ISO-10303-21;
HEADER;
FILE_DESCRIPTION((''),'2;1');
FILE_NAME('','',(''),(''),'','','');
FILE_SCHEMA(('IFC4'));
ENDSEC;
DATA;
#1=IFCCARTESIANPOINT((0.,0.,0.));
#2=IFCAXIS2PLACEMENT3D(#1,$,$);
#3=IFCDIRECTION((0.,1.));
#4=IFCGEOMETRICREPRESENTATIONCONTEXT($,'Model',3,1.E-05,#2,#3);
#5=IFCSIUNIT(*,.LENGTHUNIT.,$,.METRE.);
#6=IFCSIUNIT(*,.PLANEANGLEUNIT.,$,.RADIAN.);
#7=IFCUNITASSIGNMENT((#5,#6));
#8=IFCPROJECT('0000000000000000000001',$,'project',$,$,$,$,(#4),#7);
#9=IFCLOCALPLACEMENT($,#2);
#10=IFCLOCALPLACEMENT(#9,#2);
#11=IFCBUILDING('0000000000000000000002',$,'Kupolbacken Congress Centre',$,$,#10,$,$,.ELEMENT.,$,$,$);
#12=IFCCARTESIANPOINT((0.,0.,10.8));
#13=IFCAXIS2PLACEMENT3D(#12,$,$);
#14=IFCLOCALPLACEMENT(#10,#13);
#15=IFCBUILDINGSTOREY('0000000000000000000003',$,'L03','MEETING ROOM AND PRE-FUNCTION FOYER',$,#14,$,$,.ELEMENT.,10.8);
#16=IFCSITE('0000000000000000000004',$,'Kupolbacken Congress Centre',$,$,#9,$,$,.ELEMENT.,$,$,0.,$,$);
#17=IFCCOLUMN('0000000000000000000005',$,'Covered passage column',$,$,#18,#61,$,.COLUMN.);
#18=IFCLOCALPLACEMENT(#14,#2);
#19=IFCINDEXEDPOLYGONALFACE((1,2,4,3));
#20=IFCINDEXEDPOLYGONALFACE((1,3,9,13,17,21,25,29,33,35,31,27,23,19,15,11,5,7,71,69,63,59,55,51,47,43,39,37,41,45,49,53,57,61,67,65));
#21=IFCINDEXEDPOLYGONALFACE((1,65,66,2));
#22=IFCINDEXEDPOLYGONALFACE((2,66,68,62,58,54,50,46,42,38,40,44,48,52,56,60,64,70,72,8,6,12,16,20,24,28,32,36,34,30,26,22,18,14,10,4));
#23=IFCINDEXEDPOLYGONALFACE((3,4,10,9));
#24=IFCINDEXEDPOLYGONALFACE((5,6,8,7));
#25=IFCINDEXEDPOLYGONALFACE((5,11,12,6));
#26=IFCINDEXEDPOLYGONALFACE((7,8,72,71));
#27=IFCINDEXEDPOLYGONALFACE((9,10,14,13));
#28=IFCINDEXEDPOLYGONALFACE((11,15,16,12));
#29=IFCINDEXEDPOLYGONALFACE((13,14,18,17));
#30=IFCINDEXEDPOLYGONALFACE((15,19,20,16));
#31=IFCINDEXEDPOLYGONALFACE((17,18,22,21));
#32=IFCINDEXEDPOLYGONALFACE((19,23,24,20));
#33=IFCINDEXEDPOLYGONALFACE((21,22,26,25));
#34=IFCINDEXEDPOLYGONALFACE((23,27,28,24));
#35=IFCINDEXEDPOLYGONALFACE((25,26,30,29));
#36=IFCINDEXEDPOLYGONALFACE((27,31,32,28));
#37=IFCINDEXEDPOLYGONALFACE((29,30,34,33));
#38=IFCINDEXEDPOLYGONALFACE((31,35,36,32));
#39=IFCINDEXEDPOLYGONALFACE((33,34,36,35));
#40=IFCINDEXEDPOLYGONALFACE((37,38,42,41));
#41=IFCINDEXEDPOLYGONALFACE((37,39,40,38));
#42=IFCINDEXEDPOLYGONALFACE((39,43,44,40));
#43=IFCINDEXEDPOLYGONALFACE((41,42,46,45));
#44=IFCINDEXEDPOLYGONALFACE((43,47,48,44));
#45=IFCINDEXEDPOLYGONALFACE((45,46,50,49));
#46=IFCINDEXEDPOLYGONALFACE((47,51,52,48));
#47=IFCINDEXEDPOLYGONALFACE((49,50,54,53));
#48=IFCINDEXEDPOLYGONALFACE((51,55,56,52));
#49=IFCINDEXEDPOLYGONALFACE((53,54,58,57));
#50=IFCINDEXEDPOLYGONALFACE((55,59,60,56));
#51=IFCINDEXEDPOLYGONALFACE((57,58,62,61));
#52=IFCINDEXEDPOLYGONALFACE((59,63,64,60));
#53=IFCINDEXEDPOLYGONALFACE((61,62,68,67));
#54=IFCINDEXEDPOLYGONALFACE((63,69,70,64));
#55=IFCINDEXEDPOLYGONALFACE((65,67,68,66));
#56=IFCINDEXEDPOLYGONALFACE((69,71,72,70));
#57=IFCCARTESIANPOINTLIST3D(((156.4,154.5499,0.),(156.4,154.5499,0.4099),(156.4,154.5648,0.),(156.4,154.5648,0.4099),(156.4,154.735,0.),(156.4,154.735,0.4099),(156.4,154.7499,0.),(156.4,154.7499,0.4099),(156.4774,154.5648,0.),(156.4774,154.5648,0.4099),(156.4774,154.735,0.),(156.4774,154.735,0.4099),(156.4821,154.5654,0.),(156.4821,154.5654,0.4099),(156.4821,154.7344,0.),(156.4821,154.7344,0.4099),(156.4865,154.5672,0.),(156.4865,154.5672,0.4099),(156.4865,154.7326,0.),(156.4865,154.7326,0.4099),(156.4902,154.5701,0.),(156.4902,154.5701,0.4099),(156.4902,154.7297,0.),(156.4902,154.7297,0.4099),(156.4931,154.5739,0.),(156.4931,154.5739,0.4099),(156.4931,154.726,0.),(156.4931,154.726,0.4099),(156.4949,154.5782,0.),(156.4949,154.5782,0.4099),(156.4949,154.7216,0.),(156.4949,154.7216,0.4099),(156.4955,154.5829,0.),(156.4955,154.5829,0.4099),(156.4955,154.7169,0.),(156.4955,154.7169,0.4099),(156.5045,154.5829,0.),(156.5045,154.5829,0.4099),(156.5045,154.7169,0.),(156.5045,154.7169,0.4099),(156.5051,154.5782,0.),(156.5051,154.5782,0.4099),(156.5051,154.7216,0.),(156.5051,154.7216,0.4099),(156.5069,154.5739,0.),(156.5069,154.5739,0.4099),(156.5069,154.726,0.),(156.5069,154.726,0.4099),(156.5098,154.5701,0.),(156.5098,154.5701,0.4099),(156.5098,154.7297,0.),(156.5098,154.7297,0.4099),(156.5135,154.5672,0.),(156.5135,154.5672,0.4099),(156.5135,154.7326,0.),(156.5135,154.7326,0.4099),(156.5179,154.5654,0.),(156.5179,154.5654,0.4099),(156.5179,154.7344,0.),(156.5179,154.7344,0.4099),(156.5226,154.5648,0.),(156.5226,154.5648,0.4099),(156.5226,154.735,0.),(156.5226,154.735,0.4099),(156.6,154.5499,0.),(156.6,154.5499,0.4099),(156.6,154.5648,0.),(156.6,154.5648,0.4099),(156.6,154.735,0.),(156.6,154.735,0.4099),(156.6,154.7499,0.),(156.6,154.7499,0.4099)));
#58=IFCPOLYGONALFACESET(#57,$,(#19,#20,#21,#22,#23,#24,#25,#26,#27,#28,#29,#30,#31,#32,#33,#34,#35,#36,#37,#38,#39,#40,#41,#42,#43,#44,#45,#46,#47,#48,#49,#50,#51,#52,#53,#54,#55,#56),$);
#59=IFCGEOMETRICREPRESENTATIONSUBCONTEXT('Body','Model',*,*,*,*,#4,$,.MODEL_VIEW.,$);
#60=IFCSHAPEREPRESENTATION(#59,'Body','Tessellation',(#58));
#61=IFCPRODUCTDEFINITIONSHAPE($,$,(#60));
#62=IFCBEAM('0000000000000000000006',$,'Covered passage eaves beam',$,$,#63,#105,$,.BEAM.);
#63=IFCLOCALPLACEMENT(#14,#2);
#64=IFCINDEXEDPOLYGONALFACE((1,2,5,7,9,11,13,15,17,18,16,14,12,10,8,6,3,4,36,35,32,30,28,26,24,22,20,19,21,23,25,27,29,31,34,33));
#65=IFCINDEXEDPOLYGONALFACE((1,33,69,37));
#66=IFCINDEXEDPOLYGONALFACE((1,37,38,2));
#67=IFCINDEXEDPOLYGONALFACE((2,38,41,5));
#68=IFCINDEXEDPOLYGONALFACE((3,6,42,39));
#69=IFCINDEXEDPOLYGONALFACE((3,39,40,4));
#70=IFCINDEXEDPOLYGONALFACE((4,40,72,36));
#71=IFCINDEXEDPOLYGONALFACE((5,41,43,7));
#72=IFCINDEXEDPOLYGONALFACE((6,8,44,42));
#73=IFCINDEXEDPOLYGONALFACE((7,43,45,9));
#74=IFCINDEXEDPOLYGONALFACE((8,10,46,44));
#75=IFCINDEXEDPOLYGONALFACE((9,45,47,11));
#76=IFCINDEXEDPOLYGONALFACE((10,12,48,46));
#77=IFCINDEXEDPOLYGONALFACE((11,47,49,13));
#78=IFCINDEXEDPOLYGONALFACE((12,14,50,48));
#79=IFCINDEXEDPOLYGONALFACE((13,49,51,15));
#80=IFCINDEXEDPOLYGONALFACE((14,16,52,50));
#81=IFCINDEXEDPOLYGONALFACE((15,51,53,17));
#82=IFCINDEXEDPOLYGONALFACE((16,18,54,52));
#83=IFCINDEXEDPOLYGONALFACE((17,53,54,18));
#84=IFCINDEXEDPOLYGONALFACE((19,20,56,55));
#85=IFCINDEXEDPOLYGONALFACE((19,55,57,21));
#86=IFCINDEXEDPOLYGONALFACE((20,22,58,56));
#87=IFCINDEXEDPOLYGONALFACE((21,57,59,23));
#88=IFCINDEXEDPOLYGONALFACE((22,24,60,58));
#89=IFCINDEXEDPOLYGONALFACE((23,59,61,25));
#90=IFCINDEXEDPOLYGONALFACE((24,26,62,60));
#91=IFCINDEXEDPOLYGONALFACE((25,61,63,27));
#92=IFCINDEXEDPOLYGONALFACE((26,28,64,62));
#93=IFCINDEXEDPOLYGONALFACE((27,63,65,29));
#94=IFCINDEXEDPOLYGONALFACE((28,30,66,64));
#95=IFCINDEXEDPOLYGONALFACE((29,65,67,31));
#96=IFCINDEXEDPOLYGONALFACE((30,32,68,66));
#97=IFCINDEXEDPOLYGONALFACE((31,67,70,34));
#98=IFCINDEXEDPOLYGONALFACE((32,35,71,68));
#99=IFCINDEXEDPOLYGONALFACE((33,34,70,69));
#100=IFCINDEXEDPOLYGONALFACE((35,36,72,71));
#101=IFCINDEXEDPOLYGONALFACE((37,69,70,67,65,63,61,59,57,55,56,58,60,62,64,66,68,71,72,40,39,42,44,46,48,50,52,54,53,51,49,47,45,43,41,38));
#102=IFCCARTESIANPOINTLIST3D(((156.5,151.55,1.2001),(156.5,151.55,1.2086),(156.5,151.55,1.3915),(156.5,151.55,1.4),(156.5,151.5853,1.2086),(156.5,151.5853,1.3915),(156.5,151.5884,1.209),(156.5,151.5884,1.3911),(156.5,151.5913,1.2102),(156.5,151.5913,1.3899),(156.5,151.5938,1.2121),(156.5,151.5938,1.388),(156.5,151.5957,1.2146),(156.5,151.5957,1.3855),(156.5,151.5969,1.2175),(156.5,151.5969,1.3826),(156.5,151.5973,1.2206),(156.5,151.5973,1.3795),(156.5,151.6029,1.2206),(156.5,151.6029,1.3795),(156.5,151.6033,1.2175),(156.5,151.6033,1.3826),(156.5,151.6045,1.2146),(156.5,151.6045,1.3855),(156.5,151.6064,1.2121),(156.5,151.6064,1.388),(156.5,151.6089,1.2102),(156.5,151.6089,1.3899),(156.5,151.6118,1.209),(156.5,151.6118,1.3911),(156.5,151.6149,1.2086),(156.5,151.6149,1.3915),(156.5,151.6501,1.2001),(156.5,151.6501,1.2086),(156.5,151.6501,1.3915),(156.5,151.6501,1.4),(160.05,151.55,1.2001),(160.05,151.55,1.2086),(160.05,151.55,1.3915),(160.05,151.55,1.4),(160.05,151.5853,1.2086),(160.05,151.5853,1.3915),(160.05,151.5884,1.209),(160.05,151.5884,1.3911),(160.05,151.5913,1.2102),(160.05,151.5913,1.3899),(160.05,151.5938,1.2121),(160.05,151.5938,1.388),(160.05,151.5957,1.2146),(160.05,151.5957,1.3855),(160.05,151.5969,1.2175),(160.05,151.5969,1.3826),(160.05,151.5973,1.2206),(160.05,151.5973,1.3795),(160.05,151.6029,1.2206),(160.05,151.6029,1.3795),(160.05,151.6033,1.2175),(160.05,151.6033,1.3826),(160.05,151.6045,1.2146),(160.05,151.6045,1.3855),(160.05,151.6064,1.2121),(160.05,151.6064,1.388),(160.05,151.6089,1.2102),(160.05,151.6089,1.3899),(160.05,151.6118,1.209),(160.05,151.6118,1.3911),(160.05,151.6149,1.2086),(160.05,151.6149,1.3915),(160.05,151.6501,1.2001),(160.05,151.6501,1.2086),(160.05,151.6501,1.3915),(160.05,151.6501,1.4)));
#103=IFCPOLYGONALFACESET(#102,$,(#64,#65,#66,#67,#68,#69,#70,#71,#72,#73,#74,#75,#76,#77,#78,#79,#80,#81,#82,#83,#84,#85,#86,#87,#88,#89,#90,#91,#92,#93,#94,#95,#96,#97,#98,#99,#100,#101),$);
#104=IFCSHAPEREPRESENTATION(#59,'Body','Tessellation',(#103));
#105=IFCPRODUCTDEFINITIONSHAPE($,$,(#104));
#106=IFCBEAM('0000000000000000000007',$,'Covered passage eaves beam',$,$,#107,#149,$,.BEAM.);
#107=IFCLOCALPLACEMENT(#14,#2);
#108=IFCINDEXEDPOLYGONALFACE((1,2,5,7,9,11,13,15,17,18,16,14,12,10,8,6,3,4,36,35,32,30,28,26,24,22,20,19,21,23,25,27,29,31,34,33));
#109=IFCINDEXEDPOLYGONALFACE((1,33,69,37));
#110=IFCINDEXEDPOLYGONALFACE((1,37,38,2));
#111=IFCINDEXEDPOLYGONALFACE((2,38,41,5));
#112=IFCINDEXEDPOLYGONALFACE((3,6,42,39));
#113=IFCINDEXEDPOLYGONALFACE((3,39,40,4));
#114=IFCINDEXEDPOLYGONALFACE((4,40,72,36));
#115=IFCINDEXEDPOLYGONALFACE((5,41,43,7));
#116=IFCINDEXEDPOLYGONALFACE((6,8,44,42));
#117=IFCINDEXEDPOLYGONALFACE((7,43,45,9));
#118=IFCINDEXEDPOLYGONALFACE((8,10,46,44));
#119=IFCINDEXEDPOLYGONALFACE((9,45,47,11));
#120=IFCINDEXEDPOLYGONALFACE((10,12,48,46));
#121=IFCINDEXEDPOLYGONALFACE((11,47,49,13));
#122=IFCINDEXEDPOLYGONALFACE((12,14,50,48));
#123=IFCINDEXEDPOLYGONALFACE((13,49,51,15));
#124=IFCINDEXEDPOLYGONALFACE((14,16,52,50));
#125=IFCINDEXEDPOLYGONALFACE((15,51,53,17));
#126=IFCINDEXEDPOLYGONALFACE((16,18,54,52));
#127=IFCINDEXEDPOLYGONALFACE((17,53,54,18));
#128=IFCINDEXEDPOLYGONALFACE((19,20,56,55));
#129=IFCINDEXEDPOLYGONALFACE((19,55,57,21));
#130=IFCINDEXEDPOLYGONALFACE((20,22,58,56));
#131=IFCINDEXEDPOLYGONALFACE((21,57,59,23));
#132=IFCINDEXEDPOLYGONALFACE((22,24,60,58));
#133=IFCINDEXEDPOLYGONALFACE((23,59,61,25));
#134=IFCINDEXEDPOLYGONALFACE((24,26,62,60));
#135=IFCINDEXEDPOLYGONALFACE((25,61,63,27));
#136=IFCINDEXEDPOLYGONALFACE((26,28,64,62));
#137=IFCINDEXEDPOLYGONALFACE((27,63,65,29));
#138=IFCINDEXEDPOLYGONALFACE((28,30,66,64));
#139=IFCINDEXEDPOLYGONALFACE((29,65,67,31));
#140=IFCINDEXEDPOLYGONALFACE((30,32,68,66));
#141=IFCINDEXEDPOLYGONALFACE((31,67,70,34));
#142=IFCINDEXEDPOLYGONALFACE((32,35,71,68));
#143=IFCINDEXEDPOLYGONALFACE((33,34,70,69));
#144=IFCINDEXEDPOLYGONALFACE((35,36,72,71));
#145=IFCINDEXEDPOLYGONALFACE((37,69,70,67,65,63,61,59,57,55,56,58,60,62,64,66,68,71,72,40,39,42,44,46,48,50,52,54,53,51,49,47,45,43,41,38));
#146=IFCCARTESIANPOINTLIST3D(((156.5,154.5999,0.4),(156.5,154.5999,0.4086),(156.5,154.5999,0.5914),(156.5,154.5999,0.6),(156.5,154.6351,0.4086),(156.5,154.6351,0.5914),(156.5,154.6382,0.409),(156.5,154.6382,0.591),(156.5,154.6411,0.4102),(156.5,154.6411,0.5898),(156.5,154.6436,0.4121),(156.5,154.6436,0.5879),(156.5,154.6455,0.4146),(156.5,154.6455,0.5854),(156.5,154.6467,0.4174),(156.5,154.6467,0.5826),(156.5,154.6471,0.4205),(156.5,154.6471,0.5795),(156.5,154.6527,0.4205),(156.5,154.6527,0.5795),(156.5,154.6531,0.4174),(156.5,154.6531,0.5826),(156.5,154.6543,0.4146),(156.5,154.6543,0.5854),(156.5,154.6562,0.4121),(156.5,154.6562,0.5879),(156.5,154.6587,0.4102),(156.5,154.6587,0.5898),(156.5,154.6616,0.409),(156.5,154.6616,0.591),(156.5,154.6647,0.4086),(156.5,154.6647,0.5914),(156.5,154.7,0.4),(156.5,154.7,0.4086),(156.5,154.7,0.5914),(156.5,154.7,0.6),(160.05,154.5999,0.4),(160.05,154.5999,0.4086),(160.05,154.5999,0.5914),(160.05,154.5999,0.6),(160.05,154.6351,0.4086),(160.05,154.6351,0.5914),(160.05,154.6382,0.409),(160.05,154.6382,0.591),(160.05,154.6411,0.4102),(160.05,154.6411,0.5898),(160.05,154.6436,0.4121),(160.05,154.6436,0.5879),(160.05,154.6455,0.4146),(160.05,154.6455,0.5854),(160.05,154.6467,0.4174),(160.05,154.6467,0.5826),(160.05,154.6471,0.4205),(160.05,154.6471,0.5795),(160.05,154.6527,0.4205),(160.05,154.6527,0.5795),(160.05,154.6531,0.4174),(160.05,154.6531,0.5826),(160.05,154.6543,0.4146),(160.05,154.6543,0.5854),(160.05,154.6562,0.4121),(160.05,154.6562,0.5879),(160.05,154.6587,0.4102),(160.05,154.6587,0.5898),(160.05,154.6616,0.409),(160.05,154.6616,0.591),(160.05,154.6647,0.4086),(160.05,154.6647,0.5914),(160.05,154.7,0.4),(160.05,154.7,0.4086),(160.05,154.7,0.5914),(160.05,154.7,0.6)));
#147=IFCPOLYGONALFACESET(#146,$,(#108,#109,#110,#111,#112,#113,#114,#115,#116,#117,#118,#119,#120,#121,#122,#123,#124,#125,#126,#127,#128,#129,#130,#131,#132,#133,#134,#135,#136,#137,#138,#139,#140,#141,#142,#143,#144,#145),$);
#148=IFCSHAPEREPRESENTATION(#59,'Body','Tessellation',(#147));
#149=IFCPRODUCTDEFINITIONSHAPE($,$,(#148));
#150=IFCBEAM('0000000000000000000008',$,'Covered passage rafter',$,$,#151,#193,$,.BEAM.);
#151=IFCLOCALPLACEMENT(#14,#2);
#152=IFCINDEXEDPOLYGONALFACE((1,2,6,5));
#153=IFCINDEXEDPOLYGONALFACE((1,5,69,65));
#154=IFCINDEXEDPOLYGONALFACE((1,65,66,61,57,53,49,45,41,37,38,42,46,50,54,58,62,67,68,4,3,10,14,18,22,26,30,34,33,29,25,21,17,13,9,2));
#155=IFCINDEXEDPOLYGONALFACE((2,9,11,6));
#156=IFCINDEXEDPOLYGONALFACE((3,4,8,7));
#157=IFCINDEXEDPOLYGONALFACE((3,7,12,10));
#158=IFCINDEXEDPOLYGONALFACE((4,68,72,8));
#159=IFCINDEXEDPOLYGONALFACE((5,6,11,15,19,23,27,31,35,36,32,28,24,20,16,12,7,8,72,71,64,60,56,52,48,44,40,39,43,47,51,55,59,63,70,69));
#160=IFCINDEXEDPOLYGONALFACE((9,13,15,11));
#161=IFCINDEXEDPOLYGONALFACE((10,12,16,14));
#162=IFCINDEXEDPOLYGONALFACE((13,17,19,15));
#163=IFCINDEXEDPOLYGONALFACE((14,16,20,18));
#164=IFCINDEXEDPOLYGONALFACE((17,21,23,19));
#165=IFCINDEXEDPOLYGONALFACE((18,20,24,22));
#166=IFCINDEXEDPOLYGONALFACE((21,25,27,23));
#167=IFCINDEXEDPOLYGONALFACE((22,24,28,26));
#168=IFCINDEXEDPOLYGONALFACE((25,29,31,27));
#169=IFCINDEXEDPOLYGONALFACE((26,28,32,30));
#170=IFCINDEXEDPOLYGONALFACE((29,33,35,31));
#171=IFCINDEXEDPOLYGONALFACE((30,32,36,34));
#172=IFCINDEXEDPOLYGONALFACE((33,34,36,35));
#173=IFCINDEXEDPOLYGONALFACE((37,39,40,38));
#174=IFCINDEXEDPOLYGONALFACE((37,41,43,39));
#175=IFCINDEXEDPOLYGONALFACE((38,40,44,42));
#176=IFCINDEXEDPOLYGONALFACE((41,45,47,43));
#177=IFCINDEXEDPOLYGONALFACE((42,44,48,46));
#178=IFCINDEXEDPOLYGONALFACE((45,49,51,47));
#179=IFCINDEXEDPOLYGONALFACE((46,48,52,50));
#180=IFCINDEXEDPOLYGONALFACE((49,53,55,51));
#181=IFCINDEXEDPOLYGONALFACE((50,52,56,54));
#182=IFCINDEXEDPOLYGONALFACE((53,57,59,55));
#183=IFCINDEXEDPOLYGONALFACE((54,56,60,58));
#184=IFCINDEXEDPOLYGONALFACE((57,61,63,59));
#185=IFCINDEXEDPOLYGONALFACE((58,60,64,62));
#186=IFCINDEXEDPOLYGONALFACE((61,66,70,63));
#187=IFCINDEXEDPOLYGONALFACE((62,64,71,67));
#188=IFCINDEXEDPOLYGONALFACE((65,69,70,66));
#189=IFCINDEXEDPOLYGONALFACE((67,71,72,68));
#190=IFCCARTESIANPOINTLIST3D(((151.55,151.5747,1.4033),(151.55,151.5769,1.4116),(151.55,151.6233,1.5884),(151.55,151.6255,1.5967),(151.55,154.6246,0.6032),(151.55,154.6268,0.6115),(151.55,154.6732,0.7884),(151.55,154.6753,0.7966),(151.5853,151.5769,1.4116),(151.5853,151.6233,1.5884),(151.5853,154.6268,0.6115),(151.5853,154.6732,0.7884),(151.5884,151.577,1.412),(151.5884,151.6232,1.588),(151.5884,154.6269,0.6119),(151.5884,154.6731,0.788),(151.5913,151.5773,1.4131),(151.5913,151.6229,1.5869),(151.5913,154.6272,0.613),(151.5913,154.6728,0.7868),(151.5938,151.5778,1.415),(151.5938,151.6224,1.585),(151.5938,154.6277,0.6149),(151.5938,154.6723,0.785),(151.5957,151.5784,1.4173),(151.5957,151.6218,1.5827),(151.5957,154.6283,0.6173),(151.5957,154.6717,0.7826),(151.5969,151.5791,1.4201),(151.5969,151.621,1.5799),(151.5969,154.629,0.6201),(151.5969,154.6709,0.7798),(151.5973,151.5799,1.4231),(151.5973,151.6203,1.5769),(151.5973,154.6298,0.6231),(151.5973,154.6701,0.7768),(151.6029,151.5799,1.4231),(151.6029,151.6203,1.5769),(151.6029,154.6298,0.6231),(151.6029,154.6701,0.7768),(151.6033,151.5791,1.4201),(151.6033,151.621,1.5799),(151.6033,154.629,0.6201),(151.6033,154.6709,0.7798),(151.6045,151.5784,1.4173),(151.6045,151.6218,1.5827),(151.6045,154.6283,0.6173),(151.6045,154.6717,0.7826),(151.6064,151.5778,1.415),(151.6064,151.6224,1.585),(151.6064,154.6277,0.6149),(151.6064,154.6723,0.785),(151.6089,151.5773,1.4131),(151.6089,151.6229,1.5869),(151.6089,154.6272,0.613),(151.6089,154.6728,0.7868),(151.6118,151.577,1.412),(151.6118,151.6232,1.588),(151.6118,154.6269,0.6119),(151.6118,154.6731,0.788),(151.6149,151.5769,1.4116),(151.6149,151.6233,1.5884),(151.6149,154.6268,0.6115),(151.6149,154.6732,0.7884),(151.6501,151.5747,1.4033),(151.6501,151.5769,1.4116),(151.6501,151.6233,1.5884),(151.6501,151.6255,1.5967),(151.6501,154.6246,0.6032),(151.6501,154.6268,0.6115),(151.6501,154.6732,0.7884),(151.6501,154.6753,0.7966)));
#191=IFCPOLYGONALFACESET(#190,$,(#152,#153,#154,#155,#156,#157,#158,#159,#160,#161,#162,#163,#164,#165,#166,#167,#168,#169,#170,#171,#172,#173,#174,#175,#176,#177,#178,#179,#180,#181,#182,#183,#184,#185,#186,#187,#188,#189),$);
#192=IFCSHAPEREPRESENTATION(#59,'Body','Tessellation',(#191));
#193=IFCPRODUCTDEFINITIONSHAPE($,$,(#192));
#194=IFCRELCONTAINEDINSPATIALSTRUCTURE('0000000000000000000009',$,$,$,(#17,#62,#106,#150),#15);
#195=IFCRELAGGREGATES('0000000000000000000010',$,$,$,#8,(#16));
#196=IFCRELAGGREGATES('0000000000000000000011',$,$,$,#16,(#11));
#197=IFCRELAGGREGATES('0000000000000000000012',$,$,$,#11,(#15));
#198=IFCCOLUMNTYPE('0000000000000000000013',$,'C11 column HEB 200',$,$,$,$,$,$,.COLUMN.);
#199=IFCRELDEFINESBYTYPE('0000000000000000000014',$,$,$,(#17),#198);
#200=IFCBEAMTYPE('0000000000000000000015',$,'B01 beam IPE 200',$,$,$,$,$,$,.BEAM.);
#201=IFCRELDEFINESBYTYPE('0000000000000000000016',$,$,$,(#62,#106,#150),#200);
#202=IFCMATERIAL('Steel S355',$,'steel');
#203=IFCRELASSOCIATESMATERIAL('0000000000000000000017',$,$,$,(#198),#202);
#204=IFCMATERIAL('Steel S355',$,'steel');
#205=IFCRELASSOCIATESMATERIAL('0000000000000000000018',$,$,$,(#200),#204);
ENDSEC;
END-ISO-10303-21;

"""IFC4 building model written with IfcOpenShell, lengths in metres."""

from ifc_helpers import new_model, si_unit, direction, frame, origin, origin_2d, place, context, subcontext, project, spatial, i_section, extrude, material, material_profile, profile_set, type_object, element, save


model = new_model("IFC4")

# Units and contexts
model_context = context("Model", 3, precision=1e-05, world=origin(), true_north=direction((0.0, 1.0)))
body_context = subcontext(model_context, "Body", "Model", "MODEL_VIEW")
ifc_project = project(units=[si_unit("LENGTHUNIT", "METRE"), si_unit("PLANEANGLEUNIT", "RADIAN")], contexts=[model_context])

# Site, building, storey
site_placement = place(None, origin())
site = spatial("IfcSite", under=ifc_project, at=site_placement, Name="Kupolbacken Congress Centre", CompositionType="ELEMENT", RefElevation=0.0)
building_placement = place(site_placement, origin())
building = spatial("IfcBuilding", under=site, at=building_placement, Name="Kupolbacken Congress Centre", CompositionType="ELEMENT")
storey_placement = place(building_placement, frame((0.0, 0.0, 10.8)))
storey = spatial("IfcBuildingStorey", under=building, at=storey_placement, Name="L03", Description="MEETING ROOM AND PRE-FUNCTION FOYER", CompositionType="ELEMENT", Elevation=10.8)

# Column
ifc_material_1 = material(Name="Steel S355", Category="steel")
ifc_material_profile_1 = material_profile(ifc_material_1, i_section(OverallWidth=0.2, OverallDepth=0.2, WebThickness=0.009, FlangeThickness=0.0149, FilletRadius=0.0181, at=origin_2d()), Name="HEB 200")
ifc_profile_set_1 = profile_set([ifc_material_profile_1], Name="Steel S355")
column_type_1 = type_object("IfcColumnType", Name="C11 column HEB 200", PredefinedType="COLUMN", material=ifc_profile_set_1)
column_1_placement = place(storey_placement, frame((156.5, 154.6499, 0.0), z_axis=(0.0, 0.0, 1.0), x_axis=(1.0, 0.0, 0.0)))
element("IfcColumn", 1, at=column_1_placement, inside=storey, type_object=column_type_1, Name="Covered passage column", PredefinedType="COLUMN", context=body_context, shape_type="SweptSolid", body=[
    extrude(i_section(OverallWidth=0.2, OverallDepth=0.2, WebThickness=0.009, FlangeThickness=0.0149, FilletRadius=0.0181, at=origin_2d()), origin(), (0.0, 0.0, 1.0), 0.4099),
])

# Beams
ifc_material_2 = material(Name="Steel S355", Category="steel")
ifc_material_profile_2 = material_profile(ifc_material_2, i_section(OverallWidth=0.1001, OverallDepth=0.2, WebThickness=0.0056, FlangeThickness=0.0085, FilletRadius=0.012, at=origin_2d()), Name="IPE 200")
ifc_profile_set_2 = profile_set([ifc_material_profile_2], Name="Steel S355")
beam_type_1 = type_object("IfcBeamType", Name="B01 beam IPE 200", PredefinedType="BEAM", material=ifc_profile_set_2)
for number, where, z_axis, x_axis, name in (
    (2, (156.5, 151.6001, 1.3), (1.0, 0.0, 0.0), (0.0, 1.0, 0.0), "Covered passage eaves beam"),
    (3, (156.5, 154.6499, 0.5), (1.0, 0.0, 0.0), (0.0, 1.0, 0.0), "Covered passage eaves beam"),
):
    element("IfcBeam", number, at=place(storey_placement, frame(where, z_axis=z_axis, x_axis=x_axis)), inside=storey, type_object=beam_type_1, Name=name, PredefinedType="BEAM", context=body_context, shape_type="SweptSolid", body=[
        extrude(i_section(OverallWidth=0.1001, OverallDepth=0.2, WebThickness=0.0056, FlangeThickness=0.0085, FilletRadius=0.012, at=origin_2d()), origin(), (0.0, 0.0, 1.0), 3.55),
    ])
for number, where, z_axis, x_axis, name in (
    (4, (151.6001, 151.6001, 1.5), (0.0, 0.967272, -0.253742), (-1.0, 0.0, 0.0), "Covered passage rafter"),
):
    element("IfcBeam", number, at=place(storey_placement, frame(where, z_axis=z_axis, x_axis=x_axis)), inside=storey, type_object=beam_type_1, Name=name, PredefinedType="BEAM", context=body_context, shape_type="SweptSolid", body=[
        extrude(i_section(OverallWidth=0.1001, OverallDepth=0.2, WebThickness=0.0056, FlangeThickness=0.0085, FilletRadius=0.012, at=origin_2d()), origin(), (0.0, 0.0, 1.0), 3.1531),
    ])

save(model, "model.ifc")
